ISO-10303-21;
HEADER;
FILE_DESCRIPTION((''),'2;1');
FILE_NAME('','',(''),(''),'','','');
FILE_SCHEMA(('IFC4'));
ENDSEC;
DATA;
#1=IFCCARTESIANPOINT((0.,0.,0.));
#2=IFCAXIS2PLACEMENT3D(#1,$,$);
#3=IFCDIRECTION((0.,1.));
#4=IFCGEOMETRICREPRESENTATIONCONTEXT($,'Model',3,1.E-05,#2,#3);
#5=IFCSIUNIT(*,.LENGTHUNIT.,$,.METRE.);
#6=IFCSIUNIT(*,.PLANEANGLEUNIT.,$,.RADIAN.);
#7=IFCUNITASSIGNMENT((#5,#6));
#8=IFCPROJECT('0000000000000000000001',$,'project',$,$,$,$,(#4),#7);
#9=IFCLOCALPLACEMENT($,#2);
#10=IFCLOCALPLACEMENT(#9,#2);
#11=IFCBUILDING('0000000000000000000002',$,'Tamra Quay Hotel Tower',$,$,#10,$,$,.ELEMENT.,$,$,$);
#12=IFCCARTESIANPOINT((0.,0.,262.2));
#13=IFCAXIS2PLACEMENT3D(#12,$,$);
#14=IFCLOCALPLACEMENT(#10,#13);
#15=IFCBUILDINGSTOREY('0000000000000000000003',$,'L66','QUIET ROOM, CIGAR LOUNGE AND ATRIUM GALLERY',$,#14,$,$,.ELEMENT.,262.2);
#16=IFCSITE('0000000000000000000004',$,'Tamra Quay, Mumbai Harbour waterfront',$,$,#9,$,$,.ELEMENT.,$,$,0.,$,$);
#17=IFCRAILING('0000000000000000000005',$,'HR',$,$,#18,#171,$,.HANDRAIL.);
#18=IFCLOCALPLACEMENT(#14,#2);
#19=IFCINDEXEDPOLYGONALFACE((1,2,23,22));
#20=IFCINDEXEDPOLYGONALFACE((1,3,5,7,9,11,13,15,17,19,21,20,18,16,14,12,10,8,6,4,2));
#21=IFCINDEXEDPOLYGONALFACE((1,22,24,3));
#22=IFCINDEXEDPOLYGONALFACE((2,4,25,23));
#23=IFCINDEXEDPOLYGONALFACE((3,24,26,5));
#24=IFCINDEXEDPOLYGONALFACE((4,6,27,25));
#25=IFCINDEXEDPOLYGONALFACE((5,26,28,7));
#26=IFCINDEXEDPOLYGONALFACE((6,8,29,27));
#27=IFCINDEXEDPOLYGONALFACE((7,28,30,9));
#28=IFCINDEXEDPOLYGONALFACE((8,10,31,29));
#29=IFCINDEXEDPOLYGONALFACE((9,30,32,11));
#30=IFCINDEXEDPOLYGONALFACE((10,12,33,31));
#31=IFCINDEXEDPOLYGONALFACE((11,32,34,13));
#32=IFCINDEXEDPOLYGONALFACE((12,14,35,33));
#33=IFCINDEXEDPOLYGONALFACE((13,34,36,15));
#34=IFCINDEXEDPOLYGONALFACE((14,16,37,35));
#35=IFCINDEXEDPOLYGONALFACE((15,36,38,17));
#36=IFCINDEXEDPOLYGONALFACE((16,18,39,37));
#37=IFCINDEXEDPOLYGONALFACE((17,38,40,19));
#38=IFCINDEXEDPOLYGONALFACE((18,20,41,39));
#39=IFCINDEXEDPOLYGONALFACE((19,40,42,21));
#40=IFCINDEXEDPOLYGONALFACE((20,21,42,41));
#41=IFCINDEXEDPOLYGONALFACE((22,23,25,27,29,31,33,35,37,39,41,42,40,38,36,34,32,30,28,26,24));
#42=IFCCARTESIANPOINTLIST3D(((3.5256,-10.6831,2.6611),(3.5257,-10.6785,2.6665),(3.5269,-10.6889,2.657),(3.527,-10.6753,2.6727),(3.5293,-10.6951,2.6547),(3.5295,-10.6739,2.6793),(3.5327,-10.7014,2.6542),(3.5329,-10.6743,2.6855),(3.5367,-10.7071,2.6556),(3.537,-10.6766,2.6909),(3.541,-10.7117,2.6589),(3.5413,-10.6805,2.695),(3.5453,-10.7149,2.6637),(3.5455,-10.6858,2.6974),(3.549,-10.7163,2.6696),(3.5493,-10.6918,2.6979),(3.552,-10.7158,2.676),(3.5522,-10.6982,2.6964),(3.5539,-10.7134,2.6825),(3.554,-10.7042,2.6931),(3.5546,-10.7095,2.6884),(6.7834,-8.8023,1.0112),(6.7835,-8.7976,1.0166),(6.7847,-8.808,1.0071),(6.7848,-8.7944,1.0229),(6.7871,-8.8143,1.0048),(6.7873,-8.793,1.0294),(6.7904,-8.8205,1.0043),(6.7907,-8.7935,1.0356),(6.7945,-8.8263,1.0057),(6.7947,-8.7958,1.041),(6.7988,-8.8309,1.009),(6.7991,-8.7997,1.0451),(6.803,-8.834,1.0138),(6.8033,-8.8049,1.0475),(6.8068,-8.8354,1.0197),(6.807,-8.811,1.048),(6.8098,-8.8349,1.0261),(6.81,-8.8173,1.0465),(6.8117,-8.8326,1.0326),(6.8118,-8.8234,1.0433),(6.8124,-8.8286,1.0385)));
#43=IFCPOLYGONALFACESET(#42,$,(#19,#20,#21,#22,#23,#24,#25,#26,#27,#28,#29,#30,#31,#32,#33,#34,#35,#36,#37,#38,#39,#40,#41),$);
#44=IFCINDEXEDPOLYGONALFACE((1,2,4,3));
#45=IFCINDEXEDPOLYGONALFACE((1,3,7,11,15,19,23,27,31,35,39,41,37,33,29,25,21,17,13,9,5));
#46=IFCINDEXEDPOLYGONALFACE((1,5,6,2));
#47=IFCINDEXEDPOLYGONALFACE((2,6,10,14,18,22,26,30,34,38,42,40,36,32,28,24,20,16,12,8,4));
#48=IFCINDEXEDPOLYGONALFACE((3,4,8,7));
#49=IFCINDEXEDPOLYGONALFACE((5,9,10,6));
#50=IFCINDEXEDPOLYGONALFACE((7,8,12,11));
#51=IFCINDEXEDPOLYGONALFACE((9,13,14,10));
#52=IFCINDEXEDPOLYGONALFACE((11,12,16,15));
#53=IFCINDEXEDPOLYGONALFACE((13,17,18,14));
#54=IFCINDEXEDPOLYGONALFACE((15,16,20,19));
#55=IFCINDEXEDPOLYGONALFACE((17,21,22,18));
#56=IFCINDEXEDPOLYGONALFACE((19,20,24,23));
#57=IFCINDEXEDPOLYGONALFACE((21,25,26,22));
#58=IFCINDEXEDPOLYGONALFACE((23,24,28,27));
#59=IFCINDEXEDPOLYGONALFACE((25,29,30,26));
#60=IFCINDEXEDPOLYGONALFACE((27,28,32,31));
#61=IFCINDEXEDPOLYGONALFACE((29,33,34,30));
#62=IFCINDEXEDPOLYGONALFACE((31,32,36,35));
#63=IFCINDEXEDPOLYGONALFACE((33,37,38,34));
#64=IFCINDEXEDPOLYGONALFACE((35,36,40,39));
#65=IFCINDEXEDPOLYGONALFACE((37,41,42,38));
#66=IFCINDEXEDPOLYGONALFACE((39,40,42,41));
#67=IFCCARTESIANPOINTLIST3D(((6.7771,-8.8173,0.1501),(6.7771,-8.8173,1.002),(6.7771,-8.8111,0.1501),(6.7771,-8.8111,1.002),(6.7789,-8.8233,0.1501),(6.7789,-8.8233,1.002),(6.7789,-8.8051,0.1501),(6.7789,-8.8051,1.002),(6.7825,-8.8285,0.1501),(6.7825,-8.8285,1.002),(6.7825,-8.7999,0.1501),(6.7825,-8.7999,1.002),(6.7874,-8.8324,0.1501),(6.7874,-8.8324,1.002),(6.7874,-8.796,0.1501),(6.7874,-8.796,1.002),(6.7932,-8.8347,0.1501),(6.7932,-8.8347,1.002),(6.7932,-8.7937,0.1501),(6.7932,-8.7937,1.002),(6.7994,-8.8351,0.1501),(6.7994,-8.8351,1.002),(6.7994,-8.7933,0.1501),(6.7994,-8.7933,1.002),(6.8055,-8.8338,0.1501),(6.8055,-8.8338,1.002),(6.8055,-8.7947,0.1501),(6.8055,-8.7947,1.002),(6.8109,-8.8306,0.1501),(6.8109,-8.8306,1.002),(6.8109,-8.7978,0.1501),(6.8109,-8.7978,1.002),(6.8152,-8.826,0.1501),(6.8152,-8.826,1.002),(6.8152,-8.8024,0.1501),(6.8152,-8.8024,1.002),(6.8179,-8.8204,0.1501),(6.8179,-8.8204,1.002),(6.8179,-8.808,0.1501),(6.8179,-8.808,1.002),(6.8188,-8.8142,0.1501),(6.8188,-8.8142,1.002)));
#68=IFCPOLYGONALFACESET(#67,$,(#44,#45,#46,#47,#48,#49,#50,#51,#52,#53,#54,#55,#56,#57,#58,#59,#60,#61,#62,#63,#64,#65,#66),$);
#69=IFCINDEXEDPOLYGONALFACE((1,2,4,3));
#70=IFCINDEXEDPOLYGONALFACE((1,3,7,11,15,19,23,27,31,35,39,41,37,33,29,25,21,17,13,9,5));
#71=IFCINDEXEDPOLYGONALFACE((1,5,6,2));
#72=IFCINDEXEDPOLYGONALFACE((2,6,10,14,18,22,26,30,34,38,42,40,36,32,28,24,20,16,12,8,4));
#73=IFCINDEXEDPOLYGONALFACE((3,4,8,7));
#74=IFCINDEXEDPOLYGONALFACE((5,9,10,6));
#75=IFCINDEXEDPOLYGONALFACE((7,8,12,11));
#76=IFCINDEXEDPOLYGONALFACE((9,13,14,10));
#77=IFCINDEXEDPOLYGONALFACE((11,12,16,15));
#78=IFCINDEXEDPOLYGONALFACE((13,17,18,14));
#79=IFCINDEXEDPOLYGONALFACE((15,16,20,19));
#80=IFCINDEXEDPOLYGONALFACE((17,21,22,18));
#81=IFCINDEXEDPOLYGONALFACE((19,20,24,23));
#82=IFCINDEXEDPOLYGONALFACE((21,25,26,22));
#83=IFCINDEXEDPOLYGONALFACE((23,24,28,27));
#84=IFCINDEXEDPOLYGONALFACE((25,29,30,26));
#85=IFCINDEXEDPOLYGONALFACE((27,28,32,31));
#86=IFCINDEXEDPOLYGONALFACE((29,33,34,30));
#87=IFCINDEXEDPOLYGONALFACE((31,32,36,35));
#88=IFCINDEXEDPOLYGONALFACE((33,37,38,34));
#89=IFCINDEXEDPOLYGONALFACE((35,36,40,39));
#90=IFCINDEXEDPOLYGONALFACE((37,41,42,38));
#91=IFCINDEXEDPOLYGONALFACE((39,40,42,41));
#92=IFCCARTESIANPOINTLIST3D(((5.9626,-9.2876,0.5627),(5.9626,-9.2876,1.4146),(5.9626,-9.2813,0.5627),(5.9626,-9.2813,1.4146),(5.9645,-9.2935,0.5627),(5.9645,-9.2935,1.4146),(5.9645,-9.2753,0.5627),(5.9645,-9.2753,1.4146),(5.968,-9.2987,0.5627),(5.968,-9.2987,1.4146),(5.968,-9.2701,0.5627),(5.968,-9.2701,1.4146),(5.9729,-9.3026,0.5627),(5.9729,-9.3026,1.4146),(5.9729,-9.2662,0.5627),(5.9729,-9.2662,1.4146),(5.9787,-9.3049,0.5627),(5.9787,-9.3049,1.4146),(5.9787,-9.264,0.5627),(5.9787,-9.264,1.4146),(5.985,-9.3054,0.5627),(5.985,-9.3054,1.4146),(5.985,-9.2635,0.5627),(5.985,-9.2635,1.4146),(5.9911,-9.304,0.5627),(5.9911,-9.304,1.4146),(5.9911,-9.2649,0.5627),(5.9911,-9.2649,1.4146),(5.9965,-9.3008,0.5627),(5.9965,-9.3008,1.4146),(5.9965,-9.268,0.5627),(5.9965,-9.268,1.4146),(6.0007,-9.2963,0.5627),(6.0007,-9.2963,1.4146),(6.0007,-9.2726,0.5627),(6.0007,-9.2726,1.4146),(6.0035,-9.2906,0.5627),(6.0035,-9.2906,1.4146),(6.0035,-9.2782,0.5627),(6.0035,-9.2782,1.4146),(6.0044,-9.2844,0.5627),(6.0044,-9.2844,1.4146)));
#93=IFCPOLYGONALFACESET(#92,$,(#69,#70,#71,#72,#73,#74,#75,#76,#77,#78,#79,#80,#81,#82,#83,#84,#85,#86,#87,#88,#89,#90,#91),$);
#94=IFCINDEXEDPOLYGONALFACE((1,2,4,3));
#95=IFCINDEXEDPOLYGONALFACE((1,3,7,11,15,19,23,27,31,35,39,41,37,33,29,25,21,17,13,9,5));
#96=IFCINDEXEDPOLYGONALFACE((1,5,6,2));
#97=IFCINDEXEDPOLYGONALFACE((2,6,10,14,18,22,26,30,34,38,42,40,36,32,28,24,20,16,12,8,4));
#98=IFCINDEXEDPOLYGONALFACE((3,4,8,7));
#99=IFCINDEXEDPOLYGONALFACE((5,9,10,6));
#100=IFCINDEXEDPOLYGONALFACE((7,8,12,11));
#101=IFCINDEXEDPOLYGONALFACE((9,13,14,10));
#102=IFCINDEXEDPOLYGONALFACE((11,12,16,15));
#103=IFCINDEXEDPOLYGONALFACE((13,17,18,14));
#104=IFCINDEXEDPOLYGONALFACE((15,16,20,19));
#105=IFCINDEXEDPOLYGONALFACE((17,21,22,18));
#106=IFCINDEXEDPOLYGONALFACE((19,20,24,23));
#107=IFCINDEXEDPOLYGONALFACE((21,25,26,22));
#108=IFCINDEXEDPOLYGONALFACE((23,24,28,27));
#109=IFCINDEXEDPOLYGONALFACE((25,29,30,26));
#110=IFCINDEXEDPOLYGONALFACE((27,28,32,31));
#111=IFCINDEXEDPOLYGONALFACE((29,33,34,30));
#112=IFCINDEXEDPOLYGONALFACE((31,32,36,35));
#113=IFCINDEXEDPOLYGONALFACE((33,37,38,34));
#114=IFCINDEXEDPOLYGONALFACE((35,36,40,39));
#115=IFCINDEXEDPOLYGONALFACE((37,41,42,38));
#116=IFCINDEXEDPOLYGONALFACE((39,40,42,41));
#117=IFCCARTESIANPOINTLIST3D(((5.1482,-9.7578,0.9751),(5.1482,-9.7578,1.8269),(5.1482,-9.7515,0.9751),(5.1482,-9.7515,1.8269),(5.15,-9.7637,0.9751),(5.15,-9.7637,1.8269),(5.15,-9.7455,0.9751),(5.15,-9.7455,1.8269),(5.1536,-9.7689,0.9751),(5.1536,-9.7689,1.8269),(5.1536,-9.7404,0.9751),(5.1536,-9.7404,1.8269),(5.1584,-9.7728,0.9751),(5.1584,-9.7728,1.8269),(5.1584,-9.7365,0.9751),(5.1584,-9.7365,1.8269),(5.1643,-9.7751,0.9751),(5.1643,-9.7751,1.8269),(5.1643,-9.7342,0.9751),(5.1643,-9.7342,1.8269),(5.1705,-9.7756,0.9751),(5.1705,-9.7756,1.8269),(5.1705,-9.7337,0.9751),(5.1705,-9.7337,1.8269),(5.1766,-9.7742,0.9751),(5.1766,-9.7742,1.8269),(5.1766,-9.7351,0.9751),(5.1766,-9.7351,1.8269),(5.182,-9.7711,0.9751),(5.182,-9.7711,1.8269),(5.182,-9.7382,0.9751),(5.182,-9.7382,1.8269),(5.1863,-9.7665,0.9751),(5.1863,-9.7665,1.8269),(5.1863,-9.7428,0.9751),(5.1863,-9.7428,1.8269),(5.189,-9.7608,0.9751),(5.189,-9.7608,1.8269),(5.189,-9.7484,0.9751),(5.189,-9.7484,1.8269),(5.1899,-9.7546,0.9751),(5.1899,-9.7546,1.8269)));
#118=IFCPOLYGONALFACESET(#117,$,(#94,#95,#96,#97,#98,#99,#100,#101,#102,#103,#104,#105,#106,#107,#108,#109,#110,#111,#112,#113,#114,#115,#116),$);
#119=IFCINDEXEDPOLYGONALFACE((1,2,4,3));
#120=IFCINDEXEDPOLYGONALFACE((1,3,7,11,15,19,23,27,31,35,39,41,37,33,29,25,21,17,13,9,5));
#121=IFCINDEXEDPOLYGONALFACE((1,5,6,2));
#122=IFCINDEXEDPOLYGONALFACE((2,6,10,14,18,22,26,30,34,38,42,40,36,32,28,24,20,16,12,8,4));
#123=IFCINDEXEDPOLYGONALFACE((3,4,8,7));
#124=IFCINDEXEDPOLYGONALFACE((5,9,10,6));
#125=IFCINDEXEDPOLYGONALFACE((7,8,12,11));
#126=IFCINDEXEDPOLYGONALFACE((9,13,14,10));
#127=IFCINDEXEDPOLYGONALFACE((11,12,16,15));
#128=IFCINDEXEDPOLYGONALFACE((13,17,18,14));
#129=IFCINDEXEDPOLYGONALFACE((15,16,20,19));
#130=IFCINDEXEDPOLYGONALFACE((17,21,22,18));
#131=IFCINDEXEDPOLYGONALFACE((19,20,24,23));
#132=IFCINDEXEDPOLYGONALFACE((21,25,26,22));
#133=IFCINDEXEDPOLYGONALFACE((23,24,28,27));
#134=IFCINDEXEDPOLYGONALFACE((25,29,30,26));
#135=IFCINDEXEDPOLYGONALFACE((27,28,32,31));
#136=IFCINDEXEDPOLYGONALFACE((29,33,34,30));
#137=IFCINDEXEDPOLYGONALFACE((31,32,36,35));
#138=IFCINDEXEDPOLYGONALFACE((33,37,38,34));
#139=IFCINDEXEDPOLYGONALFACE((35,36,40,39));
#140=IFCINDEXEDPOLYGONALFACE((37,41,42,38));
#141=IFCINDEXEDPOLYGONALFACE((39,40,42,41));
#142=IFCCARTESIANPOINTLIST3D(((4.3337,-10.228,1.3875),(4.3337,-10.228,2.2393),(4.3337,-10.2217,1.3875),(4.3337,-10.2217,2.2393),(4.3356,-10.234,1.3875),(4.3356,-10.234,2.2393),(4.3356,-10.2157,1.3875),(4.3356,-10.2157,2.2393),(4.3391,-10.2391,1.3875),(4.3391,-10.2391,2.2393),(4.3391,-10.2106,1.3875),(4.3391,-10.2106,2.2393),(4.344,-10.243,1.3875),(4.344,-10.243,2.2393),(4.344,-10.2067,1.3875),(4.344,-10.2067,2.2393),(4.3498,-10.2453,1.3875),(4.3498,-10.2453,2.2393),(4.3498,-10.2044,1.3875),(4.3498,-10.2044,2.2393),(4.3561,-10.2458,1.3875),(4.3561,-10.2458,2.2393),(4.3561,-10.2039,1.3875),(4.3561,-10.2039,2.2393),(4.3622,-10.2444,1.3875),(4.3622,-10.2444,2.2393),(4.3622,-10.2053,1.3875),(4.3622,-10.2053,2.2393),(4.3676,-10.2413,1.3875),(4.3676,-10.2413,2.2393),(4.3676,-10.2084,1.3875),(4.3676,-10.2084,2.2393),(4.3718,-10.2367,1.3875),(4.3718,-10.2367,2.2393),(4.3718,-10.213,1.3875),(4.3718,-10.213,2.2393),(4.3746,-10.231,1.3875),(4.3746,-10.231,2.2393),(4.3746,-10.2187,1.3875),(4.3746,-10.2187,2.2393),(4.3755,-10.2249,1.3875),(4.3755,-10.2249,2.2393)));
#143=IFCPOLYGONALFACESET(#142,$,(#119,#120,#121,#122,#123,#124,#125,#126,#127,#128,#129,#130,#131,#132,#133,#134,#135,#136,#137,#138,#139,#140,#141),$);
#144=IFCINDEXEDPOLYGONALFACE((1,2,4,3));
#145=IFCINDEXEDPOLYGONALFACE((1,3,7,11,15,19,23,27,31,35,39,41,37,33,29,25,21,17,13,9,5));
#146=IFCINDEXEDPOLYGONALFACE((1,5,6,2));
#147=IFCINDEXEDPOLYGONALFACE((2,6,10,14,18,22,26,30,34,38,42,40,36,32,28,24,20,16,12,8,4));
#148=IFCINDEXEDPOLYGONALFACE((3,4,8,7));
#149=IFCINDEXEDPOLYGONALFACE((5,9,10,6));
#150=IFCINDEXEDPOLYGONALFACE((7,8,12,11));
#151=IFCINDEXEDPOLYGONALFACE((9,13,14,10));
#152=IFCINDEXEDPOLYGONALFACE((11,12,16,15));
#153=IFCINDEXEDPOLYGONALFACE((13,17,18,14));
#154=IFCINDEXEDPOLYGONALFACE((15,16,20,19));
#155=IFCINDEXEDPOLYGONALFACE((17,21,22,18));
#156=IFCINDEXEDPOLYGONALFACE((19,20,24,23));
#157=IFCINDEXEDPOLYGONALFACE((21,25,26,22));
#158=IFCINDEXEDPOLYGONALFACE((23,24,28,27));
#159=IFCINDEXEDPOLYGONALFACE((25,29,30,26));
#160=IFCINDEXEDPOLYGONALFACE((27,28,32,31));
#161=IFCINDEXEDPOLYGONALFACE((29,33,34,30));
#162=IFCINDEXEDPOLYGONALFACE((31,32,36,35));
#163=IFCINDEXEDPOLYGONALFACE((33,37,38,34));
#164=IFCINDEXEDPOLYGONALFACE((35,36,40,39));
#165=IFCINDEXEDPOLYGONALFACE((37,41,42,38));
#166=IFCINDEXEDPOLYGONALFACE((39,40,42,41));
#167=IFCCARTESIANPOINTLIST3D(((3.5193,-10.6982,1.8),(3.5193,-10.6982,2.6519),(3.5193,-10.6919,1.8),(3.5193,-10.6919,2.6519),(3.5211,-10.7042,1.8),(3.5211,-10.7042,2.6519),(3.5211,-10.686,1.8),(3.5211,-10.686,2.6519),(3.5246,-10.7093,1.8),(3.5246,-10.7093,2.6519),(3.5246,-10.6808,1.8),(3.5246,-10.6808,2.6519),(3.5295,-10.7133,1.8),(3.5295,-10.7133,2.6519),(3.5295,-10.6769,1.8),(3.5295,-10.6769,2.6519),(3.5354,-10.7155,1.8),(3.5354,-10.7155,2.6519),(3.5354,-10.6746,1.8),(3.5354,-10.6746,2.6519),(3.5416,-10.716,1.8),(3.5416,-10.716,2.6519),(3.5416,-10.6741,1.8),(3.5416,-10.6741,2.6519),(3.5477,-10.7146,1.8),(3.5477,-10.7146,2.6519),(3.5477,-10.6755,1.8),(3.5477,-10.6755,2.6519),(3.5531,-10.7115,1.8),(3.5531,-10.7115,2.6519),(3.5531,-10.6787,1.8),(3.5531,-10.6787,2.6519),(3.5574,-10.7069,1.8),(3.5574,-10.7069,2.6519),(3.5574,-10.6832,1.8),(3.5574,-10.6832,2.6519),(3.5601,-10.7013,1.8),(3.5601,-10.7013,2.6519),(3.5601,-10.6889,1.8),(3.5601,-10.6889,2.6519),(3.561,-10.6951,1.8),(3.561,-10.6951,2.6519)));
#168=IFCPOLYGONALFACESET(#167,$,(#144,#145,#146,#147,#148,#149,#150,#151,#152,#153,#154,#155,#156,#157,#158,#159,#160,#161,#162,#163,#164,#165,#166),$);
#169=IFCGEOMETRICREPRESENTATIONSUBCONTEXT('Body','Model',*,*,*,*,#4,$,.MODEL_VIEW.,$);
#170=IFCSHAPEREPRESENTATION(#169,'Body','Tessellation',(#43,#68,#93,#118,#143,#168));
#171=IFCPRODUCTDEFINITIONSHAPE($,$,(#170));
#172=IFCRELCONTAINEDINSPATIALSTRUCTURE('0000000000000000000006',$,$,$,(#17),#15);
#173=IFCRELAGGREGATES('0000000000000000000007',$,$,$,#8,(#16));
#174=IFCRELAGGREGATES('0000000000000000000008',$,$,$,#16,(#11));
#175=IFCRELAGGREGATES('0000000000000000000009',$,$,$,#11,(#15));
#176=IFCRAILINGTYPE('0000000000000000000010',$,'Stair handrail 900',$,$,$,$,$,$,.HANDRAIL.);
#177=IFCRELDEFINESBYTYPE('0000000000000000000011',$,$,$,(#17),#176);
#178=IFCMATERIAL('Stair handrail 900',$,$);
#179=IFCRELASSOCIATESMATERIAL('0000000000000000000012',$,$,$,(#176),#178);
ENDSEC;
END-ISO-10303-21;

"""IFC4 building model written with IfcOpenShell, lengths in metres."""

from ifc_helpers import new_model, si_unit, direction, frame, origin, origin_2d, place, context, subcontext, project, spatial, circle, extrude, material, type_object, element, save


model = new_model("IFC4")

# Units and contexts
model_context = context("Model", 3, precision=1e-05, world=origin(), true_north=direction((0.0, 1.0)))
body_context = subcontext(model_context, "Body", "Model", "MODEL_VIEW")
ifc_project = project(units=[si_unit("LENGTHUNIT", "METRE"), si_unit("PLANEANGLEUNIT", "RADIAN")], contexts=[model_context])

# Site, building, storey
site_placement = place(None, origin())
site = spatial("IfcSite", under=ifc_project, at=site_placement, Name="Tamra Quay, Mumbai Harbour waterfront", CompositionType="ELEMENT", RefElevation=0.0)
building_placement = place(site_placement, origin())
building = spatial("IfcBuilding", under=site, at=building_placement, Name="Tamra Quay Hotel Tower", CompositionType="ELEMENT")
storey_placement = place(building_placement, frame((0.0, 0.0, 262.2)))
storey = spatial("IfcBuildingStorey", under=building, at=storey_placement, Name="L66", Description="QUIET ROOM, CIGAR LOUNGE AND ATRIUM GALLERY", CompositionType="ELEMENT", Elevation=262.2)

# Railing
ifc_material_1 = material(Name="Stair handrail 900")
railing_type_1 = type_object("IfcRailingType", Name="Stair handrail 900", PredefinedType="HANDRAIL", material=ifc_material_1)
railing_1_placement = place(storey_placement, frame((6.7979, -8.8142, 0.1501)))
element("IfcRailing", 1, at=railing_1_placement, inside=storey, type_object=railing_type_1, Name="HR", PredefinedType="HANDRAIL", context=body_context, shape_type="SweptSolid", body=[
    extrude(circle(Radius=0.0239, at=origin_2d()), frame((0.0, 0.0, 0.876), z_axis=(-0.7931, -0.457887, 0.401661), x_axis=(0.499992, -0.86603, 0.0)), (0.0, 0.0, 1.0), 4.1077),
    extrude(circle(Radius=0.021, at=origin_2d()), origin(), (0.0, 0.0, 1.0), 0.8518),
    extrude(circle(Radius=0.021, at=origin_2d()), frame((-0.8145, -0.4702, 0.4126)), (0.0, 0.0, 1.0), 0.8518),
    extrude(circle(Radius=0.021, at=origin_2d()), frame((-1.6289, -0.9404, 0.825)), (0.0, 0.0, 1.0), 0.8518),
    extrude(circle(Radius=0.021, at=origin_2d()), frame((-2.4434, -1.4106, 1.2373)), (0.0, 0.0, 1.0), 0.8518),
    extrude(circle(Radius=0.021, at=origin_2d()), frame((-3.2578, -1.8809, 1.6499)), (0.0, 0.0, 1.0), 0.8518),
])

save(model, "model.ifc")
